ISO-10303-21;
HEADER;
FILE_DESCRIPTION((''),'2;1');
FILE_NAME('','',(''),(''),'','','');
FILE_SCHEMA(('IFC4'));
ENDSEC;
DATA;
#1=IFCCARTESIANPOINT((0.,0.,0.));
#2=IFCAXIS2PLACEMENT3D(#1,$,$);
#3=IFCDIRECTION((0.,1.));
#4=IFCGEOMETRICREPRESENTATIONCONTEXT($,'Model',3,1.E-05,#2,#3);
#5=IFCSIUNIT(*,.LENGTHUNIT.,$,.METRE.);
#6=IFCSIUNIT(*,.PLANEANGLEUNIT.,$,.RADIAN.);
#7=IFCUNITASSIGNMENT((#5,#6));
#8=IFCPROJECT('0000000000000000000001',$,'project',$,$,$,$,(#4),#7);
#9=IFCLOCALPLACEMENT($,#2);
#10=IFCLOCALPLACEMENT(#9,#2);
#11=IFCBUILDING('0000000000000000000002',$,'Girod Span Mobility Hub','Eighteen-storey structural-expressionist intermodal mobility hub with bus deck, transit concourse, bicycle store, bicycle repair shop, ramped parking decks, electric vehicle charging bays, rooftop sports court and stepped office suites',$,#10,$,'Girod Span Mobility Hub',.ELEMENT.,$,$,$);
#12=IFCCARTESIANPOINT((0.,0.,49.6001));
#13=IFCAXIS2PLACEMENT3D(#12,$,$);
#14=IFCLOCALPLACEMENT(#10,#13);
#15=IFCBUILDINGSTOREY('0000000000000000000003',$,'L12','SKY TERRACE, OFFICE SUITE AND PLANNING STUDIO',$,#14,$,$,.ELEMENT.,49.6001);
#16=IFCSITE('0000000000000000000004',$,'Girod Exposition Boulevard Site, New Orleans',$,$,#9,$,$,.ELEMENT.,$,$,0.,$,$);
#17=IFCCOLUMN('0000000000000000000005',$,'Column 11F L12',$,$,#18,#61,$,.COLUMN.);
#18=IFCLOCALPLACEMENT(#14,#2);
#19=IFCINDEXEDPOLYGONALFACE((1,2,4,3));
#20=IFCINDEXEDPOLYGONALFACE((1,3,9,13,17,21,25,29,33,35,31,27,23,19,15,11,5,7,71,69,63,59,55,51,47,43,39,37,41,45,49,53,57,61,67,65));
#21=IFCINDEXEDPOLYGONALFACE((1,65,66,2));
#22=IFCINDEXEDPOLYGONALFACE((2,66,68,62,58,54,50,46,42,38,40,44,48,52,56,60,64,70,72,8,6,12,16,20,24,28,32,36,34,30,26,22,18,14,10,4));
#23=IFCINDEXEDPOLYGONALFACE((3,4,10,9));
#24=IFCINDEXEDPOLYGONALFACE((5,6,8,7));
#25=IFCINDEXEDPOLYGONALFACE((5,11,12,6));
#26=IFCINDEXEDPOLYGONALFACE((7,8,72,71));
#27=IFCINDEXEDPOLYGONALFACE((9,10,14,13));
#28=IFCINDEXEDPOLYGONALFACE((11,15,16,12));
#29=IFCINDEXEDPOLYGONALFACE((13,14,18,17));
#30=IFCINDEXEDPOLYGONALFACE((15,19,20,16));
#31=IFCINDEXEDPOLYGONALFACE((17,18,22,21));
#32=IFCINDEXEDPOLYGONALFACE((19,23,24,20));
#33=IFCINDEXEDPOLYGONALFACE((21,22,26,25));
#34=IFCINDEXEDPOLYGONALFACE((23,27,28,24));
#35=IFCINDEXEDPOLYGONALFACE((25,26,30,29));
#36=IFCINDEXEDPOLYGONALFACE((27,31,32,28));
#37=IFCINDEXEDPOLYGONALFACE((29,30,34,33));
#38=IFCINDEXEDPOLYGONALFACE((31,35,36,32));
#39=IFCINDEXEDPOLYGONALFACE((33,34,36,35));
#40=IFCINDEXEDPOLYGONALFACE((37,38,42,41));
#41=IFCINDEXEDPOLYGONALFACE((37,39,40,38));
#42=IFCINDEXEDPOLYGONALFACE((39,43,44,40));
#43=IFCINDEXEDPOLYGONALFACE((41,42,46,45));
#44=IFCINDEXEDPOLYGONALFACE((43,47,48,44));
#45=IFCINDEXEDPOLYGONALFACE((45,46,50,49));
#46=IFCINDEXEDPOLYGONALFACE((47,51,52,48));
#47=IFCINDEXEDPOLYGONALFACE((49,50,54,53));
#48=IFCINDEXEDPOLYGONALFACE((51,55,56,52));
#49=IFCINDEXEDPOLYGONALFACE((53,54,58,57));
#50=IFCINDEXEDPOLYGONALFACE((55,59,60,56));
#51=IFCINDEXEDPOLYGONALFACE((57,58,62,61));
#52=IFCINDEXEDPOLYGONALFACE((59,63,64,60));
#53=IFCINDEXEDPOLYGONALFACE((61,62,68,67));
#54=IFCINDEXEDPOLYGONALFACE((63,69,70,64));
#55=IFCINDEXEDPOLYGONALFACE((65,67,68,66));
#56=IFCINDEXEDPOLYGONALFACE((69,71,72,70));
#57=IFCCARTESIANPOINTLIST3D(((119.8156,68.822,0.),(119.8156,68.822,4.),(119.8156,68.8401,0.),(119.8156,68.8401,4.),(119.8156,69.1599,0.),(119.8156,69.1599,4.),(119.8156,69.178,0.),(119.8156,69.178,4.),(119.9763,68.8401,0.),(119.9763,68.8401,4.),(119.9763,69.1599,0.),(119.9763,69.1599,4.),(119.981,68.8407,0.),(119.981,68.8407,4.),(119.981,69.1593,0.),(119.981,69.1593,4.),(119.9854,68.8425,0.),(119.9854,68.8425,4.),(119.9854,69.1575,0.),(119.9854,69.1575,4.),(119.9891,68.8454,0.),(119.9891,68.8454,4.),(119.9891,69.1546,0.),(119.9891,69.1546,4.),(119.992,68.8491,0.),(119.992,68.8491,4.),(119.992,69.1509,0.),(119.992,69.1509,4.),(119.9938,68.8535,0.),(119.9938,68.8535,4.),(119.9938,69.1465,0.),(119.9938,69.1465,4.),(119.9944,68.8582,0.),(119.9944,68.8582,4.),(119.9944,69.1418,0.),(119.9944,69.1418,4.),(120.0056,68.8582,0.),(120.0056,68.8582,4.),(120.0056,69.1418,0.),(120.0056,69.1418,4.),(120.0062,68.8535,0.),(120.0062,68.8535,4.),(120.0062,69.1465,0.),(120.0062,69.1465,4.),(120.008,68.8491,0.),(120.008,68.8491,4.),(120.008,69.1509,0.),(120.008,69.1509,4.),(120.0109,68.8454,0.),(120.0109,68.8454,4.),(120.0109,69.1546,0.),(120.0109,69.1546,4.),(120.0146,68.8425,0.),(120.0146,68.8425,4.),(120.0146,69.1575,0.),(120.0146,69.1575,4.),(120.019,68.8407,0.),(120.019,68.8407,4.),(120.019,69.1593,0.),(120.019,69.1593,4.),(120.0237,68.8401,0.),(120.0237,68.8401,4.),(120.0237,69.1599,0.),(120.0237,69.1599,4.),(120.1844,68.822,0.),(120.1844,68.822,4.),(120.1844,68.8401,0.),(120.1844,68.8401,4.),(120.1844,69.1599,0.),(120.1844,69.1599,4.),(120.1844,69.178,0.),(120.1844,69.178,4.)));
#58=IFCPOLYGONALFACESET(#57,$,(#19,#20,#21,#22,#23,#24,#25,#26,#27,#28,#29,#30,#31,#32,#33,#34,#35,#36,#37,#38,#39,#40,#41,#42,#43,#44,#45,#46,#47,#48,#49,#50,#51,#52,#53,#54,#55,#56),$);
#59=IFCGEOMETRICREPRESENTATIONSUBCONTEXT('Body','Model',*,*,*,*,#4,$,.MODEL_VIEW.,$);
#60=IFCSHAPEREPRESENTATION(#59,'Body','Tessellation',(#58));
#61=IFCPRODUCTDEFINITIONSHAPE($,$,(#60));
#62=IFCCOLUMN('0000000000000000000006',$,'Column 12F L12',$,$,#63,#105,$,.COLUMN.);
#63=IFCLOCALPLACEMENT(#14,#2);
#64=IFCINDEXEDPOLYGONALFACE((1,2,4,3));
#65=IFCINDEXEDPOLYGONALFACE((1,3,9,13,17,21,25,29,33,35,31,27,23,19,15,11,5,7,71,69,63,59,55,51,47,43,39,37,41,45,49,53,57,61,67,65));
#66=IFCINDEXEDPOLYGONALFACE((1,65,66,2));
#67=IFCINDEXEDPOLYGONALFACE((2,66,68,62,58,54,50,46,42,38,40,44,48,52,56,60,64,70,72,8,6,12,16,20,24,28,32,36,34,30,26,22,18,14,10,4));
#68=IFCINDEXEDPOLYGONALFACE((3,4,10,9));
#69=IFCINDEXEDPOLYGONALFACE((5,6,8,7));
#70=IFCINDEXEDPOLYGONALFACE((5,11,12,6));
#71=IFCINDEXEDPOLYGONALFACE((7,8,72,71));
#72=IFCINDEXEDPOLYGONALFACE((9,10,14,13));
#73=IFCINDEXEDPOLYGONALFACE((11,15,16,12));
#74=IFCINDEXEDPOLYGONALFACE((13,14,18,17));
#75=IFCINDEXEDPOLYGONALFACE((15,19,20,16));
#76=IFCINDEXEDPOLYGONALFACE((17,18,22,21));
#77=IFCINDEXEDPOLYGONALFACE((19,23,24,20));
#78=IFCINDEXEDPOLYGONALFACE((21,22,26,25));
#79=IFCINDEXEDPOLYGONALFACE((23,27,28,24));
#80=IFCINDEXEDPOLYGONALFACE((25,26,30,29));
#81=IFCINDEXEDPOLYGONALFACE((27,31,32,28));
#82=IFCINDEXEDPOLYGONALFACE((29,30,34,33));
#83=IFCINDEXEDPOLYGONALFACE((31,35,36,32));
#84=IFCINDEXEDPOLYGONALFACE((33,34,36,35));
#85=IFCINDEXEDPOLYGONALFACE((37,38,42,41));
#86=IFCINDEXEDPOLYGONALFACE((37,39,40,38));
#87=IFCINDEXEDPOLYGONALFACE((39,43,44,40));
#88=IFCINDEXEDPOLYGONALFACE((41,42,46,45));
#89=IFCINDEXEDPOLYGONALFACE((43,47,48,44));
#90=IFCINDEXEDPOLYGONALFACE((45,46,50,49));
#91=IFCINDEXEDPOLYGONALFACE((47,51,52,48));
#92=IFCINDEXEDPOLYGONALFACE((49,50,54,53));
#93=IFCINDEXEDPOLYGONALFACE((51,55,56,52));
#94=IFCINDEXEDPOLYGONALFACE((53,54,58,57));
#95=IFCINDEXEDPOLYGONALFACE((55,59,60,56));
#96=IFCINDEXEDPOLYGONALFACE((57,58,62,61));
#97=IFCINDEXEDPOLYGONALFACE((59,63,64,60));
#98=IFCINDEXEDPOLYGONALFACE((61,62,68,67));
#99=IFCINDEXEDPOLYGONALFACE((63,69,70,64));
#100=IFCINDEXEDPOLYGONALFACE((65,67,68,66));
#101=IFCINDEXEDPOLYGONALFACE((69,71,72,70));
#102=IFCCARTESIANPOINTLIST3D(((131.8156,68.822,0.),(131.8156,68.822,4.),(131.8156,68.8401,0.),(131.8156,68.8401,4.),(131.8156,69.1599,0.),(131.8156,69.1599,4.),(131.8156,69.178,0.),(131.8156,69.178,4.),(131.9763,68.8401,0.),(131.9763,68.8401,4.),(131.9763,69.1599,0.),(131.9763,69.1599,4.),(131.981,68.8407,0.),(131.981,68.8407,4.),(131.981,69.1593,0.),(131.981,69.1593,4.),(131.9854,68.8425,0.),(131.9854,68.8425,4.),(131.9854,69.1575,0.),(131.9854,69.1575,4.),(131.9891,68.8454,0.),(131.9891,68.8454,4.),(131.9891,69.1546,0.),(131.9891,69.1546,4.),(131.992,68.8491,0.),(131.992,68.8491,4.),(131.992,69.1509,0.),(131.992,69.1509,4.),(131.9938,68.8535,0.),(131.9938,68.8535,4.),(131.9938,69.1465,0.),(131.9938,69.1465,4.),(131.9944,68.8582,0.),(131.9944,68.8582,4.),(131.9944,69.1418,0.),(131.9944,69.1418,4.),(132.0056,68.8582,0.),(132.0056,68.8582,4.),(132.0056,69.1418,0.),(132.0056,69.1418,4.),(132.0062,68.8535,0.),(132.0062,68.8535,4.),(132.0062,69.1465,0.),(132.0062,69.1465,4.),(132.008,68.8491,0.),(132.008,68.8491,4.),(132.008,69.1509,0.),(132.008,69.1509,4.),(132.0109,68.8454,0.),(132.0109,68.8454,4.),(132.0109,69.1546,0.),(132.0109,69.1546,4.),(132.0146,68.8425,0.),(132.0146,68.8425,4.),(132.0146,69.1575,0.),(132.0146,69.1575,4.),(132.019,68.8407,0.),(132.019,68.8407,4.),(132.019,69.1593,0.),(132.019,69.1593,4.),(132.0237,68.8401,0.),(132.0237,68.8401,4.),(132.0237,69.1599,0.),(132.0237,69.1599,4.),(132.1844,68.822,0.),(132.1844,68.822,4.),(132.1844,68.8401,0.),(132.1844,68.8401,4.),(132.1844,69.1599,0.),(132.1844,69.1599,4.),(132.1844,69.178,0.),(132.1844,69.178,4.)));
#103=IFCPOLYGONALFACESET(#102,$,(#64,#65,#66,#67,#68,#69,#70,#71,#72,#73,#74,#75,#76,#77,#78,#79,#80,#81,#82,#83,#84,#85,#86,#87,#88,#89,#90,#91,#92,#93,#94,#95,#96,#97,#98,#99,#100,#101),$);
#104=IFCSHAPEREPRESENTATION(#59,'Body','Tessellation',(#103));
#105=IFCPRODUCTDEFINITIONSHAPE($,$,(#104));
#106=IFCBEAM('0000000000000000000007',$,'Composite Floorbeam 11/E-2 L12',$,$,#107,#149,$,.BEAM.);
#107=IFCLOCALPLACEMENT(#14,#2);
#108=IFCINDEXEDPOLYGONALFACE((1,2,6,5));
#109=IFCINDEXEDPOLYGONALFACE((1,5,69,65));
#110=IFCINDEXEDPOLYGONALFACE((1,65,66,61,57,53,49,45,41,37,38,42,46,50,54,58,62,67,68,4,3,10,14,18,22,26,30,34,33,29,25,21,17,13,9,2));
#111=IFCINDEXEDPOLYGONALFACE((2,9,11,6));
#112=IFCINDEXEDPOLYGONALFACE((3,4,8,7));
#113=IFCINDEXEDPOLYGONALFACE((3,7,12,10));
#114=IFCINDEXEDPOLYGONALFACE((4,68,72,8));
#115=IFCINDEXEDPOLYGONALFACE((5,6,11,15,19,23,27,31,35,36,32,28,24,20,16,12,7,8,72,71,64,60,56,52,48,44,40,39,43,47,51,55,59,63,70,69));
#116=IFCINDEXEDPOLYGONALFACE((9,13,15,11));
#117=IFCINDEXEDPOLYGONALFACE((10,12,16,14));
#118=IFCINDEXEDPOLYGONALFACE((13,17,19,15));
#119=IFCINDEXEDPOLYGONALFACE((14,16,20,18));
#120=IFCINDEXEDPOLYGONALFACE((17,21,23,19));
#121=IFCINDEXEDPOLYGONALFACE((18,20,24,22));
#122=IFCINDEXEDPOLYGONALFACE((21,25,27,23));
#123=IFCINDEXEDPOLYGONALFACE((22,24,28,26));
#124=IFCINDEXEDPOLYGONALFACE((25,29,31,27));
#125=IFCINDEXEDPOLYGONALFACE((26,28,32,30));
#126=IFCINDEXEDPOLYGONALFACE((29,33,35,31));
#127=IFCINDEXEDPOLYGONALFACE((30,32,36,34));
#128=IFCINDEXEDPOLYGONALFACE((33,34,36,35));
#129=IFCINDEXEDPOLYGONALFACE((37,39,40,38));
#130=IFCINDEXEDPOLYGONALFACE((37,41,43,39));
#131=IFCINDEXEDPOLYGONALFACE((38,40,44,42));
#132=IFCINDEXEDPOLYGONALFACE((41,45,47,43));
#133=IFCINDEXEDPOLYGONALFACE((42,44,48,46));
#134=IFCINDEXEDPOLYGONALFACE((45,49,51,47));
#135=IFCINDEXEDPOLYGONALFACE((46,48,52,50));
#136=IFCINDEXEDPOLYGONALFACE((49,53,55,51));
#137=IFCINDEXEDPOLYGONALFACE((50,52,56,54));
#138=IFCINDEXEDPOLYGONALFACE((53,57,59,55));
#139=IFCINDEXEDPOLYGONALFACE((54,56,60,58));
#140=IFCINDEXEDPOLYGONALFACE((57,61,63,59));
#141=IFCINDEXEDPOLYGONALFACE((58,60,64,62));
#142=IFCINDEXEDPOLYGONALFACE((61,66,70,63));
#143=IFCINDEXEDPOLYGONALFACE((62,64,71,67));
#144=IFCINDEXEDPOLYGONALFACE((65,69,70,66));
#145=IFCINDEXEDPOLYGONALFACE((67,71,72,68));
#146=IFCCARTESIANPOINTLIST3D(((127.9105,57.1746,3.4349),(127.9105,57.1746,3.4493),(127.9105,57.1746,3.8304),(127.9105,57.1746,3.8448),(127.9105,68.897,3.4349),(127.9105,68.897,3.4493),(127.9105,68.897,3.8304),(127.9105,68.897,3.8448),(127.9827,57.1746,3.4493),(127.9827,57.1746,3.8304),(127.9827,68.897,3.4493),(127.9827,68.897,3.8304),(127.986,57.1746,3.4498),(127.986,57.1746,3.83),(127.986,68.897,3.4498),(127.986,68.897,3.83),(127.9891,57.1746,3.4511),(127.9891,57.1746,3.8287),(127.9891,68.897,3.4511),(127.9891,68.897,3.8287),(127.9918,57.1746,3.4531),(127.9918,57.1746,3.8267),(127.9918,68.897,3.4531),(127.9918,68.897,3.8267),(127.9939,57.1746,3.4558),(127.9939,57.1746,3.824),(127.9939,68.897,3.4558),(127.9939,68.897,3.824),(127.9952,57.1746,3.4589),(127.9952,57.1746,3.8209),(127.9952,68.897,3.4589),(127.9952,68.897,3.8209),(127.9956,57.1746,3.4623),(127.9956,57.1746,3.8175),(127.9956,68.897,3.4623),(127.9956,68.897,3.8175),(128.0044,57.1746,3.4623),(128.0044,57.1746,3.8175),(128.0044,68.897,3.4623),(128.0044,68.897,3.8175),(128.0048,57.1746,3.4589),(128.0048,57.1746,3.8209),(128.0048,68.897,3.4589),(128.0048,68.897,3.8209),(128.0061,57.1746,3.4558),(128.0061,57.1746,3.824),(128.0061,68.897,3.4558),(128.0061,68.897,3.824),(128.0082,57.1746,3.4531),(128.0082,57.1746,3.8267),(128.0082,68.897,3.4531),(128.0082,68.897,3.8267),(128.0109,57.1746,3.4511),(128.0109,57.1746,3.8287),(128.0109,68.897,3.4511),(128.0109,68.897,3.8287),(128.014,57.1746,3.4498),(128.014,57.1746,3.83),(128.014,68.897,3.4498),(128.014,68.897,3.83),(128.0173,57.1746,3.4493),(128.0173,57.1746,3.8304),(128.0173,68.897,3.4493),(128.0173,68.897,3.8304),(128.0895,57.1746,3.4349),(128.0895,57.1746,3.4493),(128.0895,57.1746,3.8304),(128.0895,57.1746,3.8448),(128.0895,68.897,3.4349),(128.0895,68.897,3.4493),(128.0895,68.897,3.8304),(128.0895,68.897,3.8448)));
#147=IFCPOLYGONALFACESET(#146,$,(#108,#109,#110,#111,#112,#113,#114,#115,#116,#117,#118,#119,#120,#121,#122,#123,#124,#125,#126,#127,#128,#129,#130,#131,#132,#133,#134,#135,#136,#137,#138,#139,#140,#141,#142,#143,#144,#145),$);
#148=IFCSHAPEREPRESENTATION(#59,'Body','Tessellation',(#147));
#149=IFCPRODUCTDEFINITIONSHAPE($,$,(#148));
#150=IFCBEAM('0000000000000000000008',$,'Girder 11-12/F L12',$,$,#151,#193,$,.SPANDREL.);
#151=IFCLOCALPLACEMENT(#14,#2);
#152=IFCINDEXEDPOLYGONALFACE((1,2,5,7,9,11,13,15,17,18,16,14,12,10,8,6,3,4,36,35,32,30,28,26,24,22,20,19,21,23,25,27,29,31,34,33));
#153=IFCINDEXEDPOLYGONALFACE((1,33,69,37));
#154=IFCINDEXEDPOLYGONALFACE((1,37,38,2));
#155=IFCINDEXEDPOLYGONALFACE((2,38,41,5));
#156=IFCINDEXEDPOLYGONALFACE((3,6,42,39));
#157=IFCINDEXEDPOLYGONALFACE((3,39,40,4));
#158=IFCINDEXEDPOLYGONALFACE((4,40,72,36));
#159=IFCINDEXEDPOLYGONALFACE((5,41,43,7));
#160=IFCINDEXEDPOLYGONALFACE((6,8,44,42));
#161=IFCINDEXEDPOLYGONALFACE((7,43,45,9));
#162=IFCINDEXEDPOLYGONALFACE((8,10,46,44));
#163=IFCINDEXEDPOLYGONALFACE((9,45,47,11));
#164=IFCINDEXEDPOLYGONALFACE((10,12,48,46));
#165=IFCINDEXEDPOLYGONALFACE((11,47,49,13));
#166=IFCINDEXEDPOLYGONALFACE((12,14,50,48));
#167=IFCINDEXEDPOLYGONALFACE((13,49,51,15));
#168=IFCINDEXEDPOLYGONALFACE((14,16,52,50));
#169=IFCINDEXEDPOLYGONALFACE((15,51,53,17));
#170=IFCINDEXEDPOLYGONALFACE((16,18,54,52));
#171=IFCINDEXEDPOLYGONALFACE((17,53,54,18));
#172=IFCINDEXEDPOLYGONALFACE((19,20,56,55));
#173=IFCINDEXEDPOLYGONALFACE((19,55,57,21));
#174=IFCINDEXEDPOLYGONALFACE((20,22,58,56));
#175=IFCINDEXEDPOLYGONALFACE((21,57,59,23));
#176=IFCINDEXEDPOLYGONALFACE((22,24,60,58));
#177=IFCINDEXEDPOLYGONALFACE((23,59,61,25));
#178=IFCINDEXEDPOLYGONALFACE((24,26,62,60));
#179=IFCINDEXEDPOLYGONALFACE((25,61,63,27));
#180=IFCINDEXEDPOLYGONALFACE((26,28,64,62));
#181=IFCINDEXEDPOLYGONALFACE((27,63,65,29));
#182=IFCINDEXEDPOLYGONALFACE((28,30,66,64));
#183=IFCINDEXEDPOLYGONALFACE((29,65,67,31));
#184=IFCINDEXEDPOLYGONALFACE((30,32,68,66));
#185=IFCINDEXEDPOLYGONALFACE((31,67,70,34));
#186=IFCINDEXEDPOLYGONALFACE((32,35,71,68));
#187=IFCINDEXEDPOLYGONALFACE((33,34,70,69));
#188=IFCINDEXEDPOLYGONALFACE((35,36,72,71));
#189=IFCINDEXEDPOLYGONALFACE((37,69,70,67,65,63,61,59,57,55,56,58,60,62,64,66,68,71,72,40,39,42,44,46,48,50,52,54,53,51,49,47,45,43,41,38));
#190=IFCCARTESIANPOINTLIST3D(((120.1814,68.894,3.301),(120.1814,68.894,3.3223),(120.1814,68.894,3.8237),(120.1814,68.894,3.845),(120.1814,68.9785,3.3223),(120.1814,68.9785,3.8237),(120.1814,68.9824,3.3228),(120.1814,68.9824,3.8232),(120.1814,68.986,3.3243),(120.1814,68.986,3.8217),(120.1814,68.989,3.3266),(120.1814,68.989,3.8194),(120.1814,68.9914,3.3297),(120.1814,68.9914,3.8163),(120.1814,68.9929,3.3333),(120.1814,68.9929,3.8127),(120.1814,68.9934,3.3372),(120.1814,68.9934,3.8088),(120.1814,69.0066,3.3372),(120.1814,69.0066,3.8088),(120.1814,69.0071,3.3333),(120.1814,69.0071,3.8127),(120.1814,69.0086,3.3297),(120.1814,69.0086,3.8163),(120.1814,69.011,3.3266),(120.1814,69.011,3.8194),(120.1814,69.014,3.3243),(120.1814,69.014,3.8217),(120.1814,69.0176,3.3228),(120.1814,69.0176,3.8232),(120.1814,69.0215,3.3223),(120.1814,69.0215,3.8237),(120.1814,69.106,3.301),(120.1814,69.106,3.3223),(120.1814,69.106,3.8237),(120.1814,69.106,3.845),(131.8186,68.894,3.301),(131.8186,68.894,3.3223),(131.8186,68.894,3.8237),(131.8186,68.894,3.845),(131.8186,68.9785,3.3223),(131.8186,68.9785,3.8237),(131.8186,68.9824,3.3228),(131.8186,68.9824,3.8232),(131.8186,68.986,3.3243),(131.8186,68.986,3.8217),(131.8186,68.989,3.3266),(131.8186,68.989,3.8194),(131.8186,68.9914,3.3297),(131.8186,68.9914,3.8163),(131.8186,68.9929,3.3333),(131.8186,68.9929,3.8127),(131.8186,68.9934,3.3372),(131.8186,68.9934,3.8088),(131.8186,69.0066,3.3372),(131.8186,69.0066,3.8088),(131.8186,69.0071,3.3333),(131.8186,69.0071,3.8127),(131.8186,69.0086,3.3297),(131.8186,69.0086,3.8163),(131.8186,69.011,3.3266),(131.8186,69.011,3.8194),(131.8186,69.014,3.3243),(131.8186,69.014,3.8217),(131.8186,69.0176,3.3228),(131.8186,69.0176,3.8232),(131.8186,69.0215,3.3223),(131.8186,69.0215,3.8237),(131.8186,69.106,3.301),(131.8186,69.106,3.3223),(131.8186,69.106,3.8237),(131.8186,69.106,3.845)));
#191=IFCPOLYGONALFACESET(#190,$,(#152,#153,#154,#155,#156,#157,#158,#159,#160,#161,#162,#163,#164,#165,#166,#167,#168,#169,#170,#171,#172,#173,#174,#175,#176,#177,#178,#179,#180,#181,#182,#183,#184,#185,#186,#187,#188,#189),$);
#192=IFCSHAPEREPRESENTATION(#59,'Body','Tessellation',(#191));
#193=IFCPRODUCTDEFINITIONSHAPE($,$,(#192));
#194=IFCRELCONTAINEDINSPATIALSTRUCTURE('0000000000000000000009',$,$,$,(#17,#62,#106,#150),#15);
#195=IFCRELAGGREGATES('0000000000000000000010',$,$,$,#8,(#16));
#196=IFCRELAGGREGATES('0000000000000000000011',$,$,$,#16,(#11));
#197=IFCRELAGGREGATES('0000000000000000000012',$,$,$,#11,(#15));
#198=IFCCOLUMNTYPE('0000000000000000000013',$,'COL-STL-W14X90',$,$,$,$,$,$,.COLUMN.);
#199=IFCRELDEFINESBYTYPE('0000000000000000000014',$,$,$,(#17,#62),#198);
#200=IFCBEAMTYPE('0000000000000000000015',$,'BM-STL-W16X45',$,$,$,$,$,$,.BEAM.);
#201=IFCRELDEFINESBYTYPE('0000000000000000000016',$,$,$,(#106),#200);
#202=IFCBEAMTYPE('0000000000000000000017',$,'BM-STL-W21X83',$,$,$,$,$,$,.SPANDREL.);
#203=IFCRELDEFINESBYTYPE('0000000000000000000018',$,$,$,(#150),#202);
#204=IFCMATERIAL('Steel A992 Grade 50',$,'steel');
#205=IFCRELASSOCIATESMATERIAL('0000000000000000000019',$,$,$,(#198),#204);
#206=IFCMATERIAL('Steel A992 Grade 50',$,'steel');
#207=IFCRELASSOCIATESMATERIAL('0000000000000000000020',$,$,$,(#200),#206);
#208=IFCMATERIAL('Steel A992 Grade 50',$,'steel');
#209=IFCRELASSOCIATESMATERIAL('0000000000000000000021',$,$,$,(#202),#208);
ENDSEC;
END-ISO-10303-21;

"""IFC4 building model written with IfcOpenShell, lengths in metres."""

from ifc_helpers import new_model, si_unit, direction, frame, origin, origin_2d, place, context, subcontext, project, spatial, i_section, extrude, material, material_profile, profile_set, type_object, element, save


model = new_model("IFC4")

# Units and contexts
model_context = context("Model", 3, precision=1e-05, world=origin(), true_north=direction((0.0, 1.0)))
body_context = subcontext(model_context, "Body", "Model", "MODEL_VIEW")
ifc_project = project(units=[si_unit("LENGTHUNIT", "METRE"), si_unit("PLANEANGLEUNIT", "RADIAN")], contexts=[model_context])

# Site, building, storey
site_placement = place(None, origin())
site = spatial("IfcSite", under=ifc_project, at=site_placement, Name="Girod Exposition Boulevard Site, New Orleans", CompositionType="ELEMENT", RefElevation=0.0)
building_placement = place(site_placement, origin())
building = spatial("IfcBuilding", under=site, at=building_placement, Name="Girod Span Mobility Hub", Description="Eighteen-storey structural-expressionist intermodal mobility hub with bus deck, transit concourse, bicycle store, bicycle repair shop, ramped parking decks, electric vehicle charging bays, rooftop sports court and stepped office suites", LongName="Girod Span Mobility Hub", CompositionType="ELEMENT")
storey_placement = place(building_placement, frame((0.0, 0.0, 49.6001)))
storey = spatial("IfcBuildingStorey", under=building, at=storey_placement, Name="L12", Description="SKY TERRACE, OFFICE SUITE AND PLANNING STUDIO", CompositionType="ELEMENT", Elevation=49.6001)

# Columns
ifc_material_1 = material(Name="Steel A992 Grade 50", Category="steel")
ifc_material_profile_1 = material_profile(ifc_material_1, i_section(OverallWidth=0.3689, OverallDepth=0.356, WebThickness=0.0112, FlangeThickness=0.0181, FilletRadius=0.0181, at=origin_2d()), Name="W14X90")
ifc_profile_set_1 = profile_set([ifc_material_profile_1], Name="Steel A992 Grade 50")
column_type = type_object("IfcColumnType", Name="COL-STL-W14X90", PredefinedType="COLUMN", material=ifc_profile_set_1)
for number, where, z_axis, x_axis, name in (
    (1, (120.0, 69.0, 0.0), (0.0, 0.0, 1.0), (1.0, 0.0, 0.0), "Column 11F L12"),
    (2, (132.0, 69.0, 0.0), (0.0, 0.0, 1.0), (1.0, 0.0, 0.0), "Column 12F L12"),
):
    element("IfcColumn", number, at=place(storey_placement, frame(where, z_axis=z_axis, x_axis=x_axis)), inside=storey, type_object=column_type, Name=name, PredefinedType="COLUMN", context=body_context, shape_type="SweptSolid", body=[
        extrude(i_section(OverallWidth=0.3689, OverallDepth=0.356, WebThickness=0.0112, FlangeThickness=0.0181, FilletRadius=0.0181, at=origin_2d()), origin(), (0.0, 0.0, 1.0), 4.0),
    ])

# Beams
ifc_material_2 = material(Name="Steel A992 Grade 50", Category="steel")
ifc_material_profile_2 = material_profile(ifc_material_2, i_section(OverallWidth=0.179, OverallDepth=0.4099, WebThickness=0.0088, FlangeThickness=0.0144, FilletRadius=0.0129, at=origin_2d()), Name="W16X45")
ifc_profile_set_2 = profile_set([ifc_material_profile_2], Name="Steel A992 Grade 50")
beam_type_1 = type_object("IfcBeamType", Name="BM-STL-W16X45", PredefinedType="BEAM", material=ifc_profile_set_2)
beam_1_placement = place(storey_placement, frame((128.0, 57.1746, 3.6399), z_axis=(0.0, 1.0, 0.0), x_axis=(-1.0, 0.0, 0.0)))
element("IfcBeam", 3, at=beam_1_placement, inside=storey, type_object=beam_type_1, Name="Composite Floorbeam 11/E-2 L12", PredefinedType="BEAM", context=body_context, shape_type="SweptSolid", body=[
    extrude(i_section(OverallWidth=0.179, OverallDepth=0.4099, WebThickness=0.0088, FlangeThickness=0.0144, FilletRadius=0.0129, at=origin_2d()), origin(), (0.0, 0.0, 1.0), 11.7224),
])
ifc_material_3 = material(Name="Steel A992 Grade 50", Category="steel")
ifc_material_profile_3 = material_profile(ifc_material_3, i_section(OverallWidth=0.2119, OverallDepth=0.5439, WebThickness=0.0132, FlangeThickness=0.0212, FilletRadius=0.0149, at=origin_2d()), Name="W21X83")
ifc_profile_set_3 = profile_set([ifc_material_profile_3], Name="Steel A992 Grade 50")
beam_type_2 = type_object("IfcBeamType", Name="BM-STL-W21X83", PredefinedType="SPANDREL", material=ifc_profile_set_3)
beam_2_placement = place(storey_placement, frame((120.1814, 69.0, 3.573), z_axis=(1.0, 0.0, 0.0), x_axis=(0.0, 1.0, 0.0)))
element("IfcBeam", 4, at=beam_2_placement, inside=storey, type_object=beam_type_2, Name="Girder 11-12/F L12", PredefinedType="SPANDREL", context=body_context, shape_type="SweptSolid", body=[
    extrude(i_section(OverallWidth=0.2119, OverallDepth=0.5439, WebThickness=0.0132, FlangeThickness=0.0212, FilletRadius=0.0149, at=origin_2d()), origin(), (0.0, 0.0, 1.0), 11.6372),
])

save(model, "model.ifc")
